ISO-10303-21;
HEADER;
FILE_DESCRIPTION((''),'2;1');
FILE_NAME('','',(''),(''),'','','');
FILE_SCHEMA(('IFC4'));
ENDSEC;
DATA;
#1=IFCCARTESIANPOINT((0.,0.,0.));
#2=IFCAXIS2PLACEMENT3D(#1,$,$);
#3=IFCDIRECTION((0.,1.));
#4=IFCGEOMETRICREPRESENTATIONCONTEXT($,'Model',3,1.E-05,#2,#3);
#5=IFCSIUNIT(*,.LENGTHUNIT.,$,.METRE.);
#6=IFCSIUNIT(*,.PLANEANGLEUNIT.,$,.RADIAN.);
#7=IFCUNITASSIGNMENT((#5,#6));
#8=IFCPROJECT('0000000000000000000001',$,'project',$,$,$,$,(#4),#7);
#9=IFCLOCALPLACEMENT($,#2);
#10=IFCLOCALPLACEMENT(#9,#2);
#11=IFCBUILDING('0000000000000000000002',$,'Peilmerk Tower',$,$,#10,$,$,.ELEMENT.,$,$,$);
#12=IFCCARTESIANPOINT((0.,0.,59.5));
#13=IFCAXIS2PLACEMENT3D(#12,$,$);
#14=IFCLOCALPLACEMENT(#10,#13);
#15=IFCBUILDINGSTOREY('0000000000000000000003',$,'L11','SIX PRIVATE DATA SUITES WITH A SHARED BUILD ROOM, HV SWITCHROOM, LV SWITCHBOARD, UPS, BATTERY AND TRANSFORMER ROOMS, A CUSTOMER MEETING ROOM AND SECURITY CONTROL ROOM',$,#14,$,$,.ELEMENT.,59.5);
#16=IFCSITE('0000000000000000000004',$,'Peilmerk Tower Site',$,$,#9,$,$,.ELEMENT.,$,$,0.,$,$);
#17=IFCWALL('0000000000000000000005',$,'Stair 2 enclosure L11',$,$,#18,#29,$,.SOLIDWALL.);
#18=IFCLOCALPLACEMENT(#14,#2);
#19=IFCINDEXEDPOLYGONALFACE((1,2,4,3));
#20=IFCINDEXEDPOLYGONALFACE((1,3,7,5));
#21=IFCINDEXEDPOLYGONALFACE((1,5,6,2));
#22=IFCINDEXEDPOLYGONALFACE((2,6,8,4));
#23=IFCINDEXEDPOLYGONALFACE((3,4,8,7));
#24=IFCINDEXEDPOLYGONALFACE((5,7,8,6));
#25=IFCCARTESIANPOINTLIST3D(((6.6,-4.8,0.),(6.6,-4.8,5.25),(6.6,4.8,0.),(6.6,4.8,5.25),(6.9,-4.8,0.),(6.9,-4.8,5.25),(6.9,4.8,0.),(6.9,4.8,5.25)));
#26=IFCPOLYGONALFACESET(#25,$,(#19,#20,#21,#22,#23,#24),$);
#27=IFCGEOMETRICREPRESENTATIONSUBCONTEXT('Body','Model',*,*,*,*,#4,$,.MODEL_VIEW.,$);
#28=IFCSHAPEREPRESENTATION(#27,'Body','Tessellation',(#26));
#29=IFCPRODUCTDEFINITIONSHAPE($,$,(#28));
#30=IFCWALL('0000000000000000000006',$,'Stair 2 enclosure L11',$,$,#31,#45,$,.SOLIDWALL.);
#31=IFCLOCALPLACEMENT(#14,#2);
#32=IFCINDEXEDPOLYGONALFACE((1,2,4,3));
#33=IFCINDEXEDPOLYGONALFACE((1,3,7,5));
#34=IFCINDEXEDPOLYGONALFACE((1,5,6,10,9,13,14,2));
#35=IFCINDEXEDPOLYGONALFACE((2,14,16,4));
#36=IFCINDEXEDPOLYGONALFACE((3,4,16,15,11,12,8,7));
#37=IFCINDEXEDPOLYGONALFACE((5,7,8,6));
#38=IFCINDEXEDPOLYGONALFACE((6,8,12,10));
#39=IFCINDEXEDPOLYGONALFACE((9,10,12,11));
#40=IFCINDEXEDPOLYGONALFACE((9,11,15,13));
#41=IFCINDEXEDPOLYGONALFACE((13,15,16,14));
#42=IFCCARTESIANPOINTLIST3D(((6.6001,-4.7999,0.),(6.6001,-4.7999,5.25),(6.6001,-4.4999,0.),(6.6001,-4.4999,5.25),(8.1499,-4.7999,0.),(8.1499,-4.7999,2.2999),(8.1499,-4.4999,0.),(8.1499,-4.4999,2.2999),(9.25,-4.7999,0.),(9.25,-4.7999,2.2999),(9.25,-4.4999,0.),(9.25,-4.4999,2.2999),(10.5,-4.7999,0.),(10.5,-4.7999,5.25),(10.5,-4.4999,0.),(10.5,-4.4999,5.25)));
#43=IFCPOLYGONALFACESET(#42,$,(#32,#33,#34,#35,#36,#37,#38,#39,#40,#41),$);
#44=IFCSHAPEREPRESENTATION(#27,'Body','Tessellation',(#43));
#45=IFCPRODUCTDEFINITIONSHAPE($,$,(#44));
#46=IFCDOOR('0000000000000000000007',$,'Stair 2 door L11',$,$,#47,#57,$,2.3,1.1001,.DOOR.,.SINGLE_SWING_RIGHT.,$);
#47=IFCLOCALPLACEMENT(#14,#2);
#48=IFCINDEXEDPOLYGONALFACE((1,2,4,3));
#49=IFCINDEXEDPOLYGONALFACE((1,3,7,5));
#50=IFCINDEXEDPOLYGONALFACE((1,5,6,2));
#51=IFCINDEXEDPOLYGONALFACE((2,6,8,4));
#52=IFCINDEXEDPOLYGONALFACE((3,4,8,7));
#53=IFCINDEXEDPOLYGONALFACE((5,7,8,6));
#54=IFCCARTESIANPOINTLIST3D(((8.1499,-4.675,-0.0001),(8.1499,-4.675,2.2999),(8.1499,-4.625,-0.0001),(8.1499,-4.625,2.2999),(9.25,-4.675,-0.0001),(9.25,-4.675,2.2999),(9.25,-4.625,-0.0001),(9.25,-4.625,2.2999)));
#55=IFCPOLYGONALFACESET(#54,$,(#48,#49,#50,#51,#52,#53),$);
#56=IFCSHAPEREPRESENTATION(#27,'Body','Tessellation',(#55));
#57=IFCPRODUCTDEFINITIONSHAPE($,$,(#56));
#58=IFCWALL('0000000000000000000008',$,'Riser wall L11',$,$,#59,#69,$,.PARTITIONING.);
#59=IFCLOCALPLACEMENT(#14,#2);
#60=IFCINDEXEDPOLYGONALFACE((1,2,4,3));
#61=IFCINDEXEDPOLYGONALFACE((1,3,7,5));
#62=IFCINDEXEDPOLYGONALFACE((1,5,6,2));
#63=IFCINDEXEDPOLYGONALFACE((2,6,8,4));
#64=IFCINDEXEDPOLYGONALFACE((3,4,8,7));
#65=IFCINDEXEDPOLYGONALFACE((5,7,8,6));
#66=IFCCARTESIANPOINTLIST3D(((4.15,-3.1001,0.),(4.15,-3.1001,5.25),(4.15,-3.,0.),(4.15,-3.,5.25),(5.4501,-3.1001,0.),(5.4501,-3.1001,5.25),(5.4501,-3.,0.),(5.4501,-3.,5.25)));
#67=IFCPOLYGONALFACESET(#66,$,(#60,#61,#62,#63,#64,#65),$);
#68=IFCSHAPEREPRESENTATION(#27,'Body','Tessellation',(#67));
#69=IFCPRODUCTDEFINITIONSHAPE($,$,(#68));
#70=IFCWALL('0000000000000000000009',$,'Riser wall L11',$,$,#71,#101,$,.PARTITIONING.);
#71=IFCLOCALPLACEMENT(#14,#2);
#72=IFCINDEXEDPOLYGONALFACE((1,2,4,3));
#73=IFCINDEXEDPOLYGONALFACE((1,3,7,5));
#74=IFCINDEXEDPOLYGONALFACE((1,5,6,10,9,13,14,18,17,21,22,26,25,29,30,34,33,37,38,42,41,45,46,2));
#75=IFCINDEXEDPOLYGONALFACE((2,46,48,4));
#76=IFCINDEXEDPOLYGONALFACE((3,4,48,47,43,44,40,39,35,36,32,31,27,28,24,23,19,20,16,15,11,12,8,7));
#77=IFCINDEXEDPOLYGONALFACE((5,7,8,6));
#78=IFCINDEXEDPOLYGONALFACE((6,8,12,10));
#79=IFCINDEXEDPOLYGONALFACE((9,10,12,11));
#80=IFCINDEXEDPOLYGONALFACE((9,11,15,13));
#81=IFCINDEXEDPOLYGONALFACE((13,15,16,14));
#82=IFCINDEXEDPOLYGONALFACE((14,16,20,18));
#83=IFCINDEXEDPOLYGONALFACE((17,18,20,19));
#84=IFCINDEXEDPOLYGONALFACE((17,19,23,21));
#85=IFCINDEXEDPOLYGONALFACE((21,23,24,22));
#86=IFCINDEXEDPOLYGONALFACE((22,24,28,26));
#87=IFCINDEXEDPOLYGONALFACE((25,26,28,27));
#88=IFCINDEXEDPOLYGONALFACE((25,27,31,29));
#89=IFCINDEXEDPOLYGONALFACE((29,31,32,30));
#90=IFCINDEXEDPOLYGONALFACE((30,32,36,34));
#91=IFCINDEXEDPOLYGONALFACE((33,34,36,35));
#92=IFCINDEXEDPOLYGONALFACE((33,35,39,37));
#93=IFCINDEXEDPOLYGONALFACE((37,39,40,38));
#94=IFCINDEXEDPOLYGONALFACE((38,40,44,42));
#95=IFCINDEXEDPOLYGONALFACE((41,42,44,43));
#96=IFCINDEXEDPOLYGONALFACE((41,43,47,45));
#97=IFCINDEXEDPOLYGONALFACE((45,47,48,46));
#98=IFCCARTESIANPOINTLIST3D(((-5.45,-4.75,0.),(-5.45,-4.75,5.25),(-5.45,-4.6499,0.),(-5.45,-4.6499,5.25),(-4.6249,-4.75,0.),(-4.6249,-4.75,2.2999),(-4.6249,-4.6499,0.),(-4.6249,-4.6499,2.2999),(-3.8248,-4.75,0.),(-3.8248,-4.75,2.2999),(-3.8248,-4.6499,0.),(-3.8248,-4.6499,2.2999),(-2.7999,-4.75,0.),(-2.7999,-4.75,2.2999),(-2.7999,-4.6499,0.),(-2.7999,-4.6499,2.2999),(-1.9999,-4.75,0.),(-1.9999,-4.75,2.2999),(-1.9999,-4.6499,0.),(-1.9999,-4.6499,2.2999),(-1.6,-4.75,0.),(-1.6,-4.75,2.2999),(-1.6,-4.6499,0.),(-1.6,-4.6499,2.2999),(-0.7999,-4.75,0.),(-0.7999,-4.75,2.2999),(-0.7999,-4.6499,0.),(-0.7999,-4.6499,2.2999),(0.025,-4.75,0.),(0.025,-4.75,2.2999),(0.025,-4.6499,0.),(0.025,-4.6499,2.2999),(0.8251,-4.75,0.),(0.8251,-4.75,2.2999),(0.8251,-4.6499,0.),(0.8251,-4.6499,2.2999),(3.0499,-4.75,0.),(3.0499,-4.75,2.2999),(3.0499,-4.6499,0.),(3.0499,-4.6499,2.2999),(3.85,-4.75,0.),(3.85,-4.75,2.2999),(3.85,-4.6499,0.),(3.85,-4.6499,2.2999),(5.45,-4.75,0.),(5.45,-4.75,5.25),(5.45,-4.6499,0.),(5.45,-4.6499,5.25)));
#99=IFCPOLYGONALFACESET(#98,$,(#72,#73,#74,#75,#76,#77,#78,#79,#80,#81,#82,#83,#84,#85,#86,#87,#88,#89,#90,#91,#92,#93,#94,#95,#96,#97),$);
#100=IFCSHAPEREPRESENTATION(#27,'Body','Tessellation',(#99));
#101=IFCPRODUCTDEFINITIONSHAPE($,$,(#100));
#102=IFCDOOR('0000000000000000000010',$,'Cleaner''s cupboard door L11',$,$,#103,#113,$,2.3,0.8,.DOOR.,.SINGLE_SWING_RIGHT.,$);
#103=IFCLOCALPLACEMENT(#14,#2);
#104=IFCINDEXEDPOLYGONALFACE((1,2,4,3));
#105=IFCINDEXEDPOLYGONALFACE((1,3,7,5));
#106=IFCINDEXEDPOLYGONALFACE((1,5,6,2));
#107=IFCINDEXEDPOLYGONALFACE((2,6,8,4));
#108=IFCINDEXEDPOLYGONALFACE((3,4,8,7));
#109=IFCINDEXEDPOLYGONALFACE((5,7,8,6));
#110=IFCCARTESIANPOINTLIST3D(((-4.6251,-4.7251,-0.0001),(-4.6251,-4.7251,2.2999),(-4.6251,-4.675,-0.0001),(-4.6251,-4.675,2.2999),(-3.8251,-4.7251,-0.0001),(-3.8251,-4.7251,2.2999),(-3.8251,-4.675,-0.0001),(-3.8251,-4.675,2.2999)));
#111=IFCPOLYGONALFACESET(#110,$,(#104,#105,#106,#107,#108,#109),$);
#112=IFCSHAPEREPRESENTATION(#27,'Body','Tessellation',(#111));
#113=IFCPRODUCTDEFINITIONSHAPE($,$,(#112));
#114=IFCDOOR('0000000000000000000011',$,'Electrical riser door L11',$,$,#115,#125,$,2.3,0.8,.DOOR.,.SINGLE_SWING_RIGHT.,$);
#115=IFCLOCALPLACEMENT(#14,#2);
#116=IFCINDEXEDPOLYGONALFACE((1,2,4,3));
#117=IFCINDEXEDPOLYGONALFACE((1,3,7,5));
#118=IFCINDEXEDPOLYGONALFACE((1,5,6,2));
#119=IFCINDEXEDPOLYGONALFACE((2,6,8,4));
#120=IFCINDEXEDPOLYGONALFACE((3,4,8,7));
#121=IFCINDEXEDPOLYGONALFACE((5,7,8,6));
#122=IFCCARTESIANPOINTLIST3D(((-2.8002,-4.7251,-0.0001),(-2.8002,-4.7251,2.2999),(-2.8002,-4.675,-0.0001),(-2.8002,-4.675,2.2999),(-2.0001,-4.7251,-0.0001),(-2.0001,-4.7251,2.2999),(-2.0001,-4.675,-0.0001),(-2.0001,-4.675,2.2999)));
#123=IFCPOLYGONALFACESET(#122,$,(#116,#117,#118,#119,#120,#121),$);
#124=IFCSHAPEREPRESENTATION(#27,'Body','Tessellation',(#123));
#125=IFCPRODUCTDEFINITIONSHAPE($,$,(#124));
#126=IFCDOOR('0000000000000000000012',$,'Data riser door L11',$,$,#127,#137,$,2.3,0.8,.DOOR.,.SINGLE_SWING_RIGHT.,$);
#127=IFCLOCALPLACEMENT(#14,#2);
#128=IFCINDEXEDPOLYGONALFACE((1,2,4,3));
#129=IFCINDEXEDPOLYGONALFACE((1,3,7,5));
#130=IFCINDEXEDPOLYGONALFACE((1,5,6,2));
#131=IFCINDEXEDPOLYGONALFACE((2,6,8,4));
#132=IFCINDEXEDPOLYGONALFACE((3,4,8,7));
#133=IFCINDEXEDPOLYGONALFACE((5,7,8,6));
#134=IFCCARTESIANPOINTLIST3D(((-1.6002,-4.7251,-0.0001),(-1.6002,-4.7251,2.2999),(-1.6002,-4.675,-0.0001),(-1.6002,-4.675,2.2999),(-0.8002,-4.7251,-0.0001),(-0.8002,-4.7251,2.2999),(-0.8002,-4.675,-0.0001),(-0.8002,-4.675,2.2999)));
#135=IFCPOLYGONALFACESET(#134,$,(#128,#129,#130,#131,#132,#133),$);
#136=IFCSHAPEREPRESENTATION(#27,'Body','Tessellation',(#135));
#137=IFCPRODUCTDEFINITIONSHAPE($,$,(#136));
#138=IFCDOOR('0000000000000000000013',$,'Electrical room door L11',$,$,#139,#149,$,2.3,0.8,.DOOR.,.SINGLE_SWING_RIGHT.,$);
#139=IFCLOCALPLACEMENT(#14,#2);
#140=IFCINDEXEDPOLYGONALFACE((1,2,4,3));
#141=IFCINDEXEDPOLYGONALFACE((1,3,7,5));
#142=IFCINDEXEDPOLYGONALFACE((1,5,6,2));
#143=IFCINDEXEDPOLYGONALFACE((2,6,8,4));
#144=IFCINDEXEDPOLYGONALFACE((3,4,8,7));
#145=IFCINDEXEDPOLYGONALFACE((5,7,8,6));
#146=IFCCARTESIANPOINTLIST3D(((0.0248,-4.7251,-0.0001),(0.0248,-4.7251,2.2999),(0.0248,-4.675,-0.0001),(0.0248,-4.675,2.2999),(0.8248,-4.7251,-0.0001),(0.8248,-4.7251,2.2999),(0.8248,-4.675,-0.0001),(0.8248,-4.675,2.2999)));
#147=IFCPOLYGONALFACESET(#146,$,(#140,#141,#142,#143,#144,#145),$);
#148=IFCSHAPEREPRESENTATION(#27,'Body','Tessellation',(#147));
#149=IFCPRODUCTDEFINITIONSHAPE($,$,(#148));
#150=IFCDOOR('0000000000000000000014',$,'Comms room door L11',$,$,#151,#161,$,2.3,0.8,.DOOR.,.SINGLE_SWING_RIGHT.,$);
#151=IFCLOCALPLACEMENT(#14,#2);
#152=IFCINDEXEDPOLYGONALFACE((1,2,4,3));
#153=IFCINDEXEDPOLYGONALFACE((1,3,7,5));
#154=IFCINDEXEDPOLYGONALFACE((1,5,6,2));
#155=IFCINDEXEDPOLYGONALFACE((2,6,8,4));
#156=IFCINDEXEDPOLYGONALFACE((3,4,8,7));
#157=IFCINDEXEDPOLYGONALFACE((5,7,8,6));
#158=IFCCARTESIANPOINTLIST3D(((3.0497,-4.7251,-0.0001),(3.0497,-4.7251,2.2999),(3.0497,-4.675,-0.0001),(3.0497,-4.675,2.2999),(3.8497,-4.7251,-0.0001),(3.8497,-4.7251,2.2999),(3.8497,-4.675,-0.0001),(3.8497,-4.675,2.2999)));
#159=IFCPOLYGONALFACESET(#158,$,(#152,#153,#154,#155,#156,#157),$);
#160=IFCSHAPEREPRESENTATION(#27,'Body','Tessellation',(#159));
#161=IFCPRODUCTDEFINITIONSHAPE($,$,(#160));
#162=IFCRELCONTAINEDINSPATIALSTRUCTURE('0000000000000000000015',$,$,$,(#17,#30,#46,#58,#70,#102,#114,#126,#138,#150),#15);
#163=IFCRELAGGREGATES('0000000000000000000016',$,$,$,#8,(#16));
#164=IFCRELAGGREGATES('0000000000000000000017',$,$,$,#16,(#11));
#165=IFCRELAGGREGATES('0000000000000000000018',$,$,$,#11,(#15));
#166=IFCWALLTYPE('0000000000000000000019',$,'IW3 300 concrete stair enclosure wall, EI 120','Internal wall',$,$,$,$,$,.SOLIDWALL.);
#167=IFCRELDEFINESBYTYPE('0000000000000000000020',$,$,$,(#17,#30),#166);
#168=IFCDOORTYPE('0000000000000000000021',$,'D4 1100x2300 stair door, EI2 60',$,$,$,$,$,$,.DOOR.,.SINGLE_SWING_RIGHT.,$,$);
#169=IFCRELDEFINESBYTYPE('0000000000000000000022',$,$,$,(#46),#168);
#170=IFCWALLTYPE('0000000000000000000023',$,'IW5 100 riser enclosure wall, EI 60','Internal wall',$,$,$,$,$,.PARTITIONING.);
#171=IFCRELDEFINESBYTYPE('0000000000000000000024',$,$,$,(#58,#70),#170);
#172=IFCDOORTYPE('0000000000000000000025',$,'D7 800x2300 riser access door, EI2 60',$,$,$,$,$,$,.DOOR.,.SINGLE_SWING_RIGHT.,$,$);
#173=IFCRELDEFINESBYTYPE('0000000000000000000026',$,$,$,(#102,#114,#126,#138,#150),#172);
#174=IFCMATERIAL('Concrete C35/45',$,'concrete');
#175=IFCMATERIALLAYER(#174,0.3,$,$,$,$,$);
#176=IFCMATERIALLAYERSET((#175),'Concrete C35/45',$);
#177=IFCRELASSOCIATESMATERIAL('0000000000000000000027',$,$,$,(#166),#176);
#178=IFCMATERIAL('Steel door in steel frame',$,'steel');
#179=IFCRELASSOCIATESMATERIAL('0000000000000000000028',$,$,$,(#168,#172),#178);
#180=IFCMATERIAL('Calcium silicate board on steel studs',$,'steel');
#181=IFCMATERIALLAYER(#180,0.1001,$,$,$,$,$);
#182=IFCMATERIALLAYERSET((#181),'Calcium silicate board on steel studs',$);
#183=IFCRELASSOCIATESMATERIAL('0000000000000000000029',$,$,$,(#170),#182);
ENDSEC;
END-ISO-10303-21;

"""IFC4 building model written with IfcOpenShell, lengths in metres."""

from ifc_helpers import new_model, si_unit, direction, frame, frame_2d, origin, place, context, subcontext, project, spatial, rectangle, extrude, material, layer, layer_set, type_object, element, fill, save


model = new_model("IFC4")

# Units and contexts
model_context = context("Model", 3, precision=1e-05, world=origin(), true_north=direction((0.0, 1.0)))
body_context = subcontext(model_context, "Body", "Model", "MODEL_VIEW")
ifc_project = project(units=[si_unit("LENGTHUNIT", "METRE"), si_unit("PLANEANGLEUNIT", "RADIAN")], contexts=[model_context])

# Site, building, storey
site_placement = place(None, origin())
site = spatial("IfcSite", under=ifc_project, at=site_placement, Name="Peilmerk Tower Site", CompositionType="ELEMENT", RefElevation=0.0)
building_placement = place(site_placement, origin())
building = spatial("IfcBuilding", under=site, at=building_placement, Name="Peilmerk Tower", CompositionType="ELEMENT")
storey_placement = place(building_placement, frame((0.0, 0.0, 59.5)))
storey = spatial("IfcBuildingStorey", under=building, at=storey_placement, Name="L11", Description="SIX PRIVATE DATA SUITES WITH A SHARED BUILD ROOM, HV SWITCHROOM, LV SWITCHBOARD, UPS, BATTERY AND TRANSFORMER ROOMS, A CUSTOMER MEETING ROOM AND SECURITY CONTROL ROOM", CompositionType="ELEMENT", Elevation=59.5)

# Wall
ifc_material_1 = material(Name="Concrete C35/45", Category="concrete")
ifc_layer_1 = layer(ifc_material_1, 0.3)
ifc_layer_set_1 = layer_set([ifc_layer_1], Name="Concrete C35/45")
wall_type_1 = type_object("IfcWallType", Name="IW3 300 concrete stair enclosure wall, EI 120", Description="Internal wall", PredefinedType="SOLIDWALL", material=ifc_layer_set_1)
wall_1_placement = place(storey_placement, frame((6.75, -4.8, 0.0), z_axis=(0.0, 0.0, 1.0), x_axis=(0.0, 1.0, 0.0)))
element("IfcWall", 1, at=wall_1_placement, inside=storey, type_object=wall_type_1, Name="Stair 2 enclosure L11", PredefinedType="SOLIDWALL", context=body_context, shape_type="SweptSolid", body=[
    extrude(rectangle(XDim=9.6001, YDim=0.3, at=frame_2d((4.8, 0.0))), origin(), (0.0, 0.0, 1.0), 5.25),
])

# Wall, opening, door
wall_2_placement = place(storey_placement, frame((10.5, -4.6499, 0.0), z_axis=(0.0, 0.0, 1.0), x_axis=(-1.0, 0.0, 0.0)))
wall_2 = element("IfcWall", 2, at=wall_2_placement, inside=storey, type_object=wall_type_1, Name="Stair 2 enclosure L11", PredefinedType="SOLIDWALL", context=body_context, shape_type="SweptSolid", body=[
    extrude(rectangle(XDim=3.8999, YDim=0.3, at=frame_2d((1.95, 0.0))), origin(), (0.0, 0.0, 1.0), 5.25),
])
opening_1_placement = place(wall_2_placement, frame((1.25, 0.0, 0.0)))
opening_1 = element("IfcOpeningElement", 3, at=opening_1_placement, cuts=wall_2, PredefinedType="OPENING", context=body_context, shape_type="SweptSolid", body=[
    extrude(rectangle(XDim=1.1001, YDim=2.3, at=frame_2d((0.55, 1.1499))), frame((0.0, 0.1599, 0.0), z_axis=(0.0, -1.0, 0.0), x_axis=(1.0, 0.0, 0.0)), (0.0, 0.0, 1.0), 0.3201),
])
ifc_material_2 = material(Name="Steel door in steel frame", Category="steel")
door_type_1 = type_object("IfcDoorType", Name="D4 1100x2300 stair door, EI2 60", OperationType="SINGLE_SWING_RIGHT", PredefinedType="DOOR", material=ifc_material_2)
door_1_placement = place(opening_1_placement, frame((1.1001, 0.0, 0.0), z_axis=(0.0, 0.0, 1.0), x_axis=(-1.0, 0.0, 0.0)))
door_1 = element("IfcDoor", 4, at=door_1_placement, inside=storey, type_object=door_type_1, Name="Stair 2 door L11", OperationType="SINGLE_SWING_RIGHT", OverallHeight=2.3, OverallWidth=1.1001, PredefinedType="DOOR", context=body_context, shape_type="SweptSolid", body=[
    extrude(rectangle(XDim=1.1001, YDim=2.3, at=frame_2d((0.55, 1.1499))), frame((0.0, 0.0249, 0.0), z_axis=(0.0, -1.0, 0.0), x_axis=(1.0, 0.0, 0.0)), (0.0, 0.0, 1.0), 0.05),
])
fill(opening_1, door_1)

# Wall
ifc_material_3 = material(Name="Calcium silicate board on steel studs", Category="steel")
ifc_layer_2 = layer(ifc_material_3, 0.1001)
ifc_layer_set_2 = layer_set([ifc_layer_2], Name="Calcium silicate board on steel studs")
wall_type_2 = type_object("IfcWallType", Name="IW5 100 riser enclosure wall, EI 60", Description="Internal wall", PredefinedType="PARTITIONING", material=ifc_layer_set_2)
wall_3_placement = place(storey_placement, frame((5.45, -3.05, 0.0), z_axis=(0.0, 0.0, 1.0), x_axis=(-1.0, 0.0, 0.0)))
element("IfcWall", 5, at=wall_3_placement, inside=storey, type_object=wall_type_2, Name="Riser wall L11", PredefinedType="PARTITIONING", context=body_context, shape_type="SweptSolid", body=[
    extrude(rectangle(XDim=1.3, YDim=0.1001, at=frame_2d((0.6499, 0.0))), origin(), (0.0, 0.0, 1.0), 5.25),
])

# Wall, openings, doors
wall_4_placement = place(storey_placement, frame((5.45, -4.7, 0.0), z_axis=(0.0, 0.0, 1.0), x_axis=(-1.0, 0.0, 0.0)))
wall_4 = element("IfcWall", 6, at=wall_4_placement, inside=storey, type_object=wall_type_2, Name="Riser wall L11", PredefinedType="PARTITIONING", context=body_context, shape_type="SweptSolid", body=[
    extrude(rectangle(XDim=10.8999, YDim=0.1001, at=frame_2d((5.45, 0.0))), origin(), (0.0, 0.0, 1.0), 5.25),
])
opening_2_placement = place(wall_4_placement, frame((9.2749, 0.0, 0.0)))
opening_2 = element("IfcOpeningElement", 7, at=opening_2_placement, cuts=wall_4, PredefinedType="OPENING", context=body_context, shape_type="SweptSolid", body=[
    extrude(rectangle(XDim=0.8, YDim=2.3, at=frame_2d((0.3999, 1.1499))), frame((0.0, 0.0601, 0.0), z_axis=(0.0, -1.0, 0.0), x_axis=(1.0, 0.0, 0.0)), (0.0, 0.0, 1.0), 0.1201),
])
opening_3_placement = place(wall_4_placement, frame((7.45, 0.0, 0.0)))
opening_3 = element("IfcOpeningElement", 8, at=opening_3_placement, cuts=wall_4, PredefinedType="OPENING", context=body_context, shape_type="SweptSolid", body=[
    extrude(rectangle(XDim=0.8, YDim=2.3, at=frame_2d((0.3999, 1.1499))), frame((0.0, 0.0601, 0.0), z_axis=(0.0, -1.0, 0.0), x_axis=(1.0, 0.0, 0.0)), (0.0, 0.0, 1.0), 0.1201),
])
opening_4_placement = place(wall_4_placement, frame((6.25, 0.0, 0.0)))
opening_4 = element("IfcOpeningElement", 9, at=opening_4_placement, cuts=wall_4, PredefinedType="OPENING", context=body_context, shape_type="SweptSolid", body=[
    extrude(rectangle(XDim=0.8, YDim=2.3, at=frame_2d((0.3999, 1.1499))), frame((0.0, 0.0601, 0.0), z_axis=(0.0, -1.0, 0.0), x_axis=(1.0, 0.0, 0.0)), (0.0, 0.0, 1.0), 0.1201),
])
opening_5_placement = place(wall_4_placement, frame((4.625, 0.0, 0.0)))
opening_5 = element("IfcOpeningElement", 10, at=opening_5_placement, cuts=wall_4, PredefinedType="OPENING", context=body_context, shape_type="SweptSolid", body=[
    extrude(rectangle(XDim=0.8, YDim=2.3, at=frame_2d((0.3999, 1.1499))), frame((0.0, 0.0601, 0.0), z_axis=(0.0, -1.0, 0.0), x_axis=(1.0, 0.0, 0.0)), (0.0, 0.0, 1.0), 0.1201),
])
opening_6_placement = place(wall_4_placement, frame((1.6001, 0.0, 0.0)))
opening_6 = element("IfcOpeningElement", 11, at=opening_6_placement, cuts=wall_4, PredefinedType="OPENING", context=body_context, shape_type="SweptSolid", body=[
    extrude(rectangle(XDim=0.8, YDim=2.3, at=frame_2d((0.3999, 1.1499))), frame((0.0, 0.0601, 0.0), z_axis=(0.0, -1.0, 0.0), x_axis=(1.0, 0.0, 0.0)), (0.0, 0.0, 1.0), 0.1201),
])
door_type_2 = type_object("IfcDoorType", Name="D7 800x2300 riser access door, EI2 60", OperationType="SINGLE_SWING_RIGHT", PredefinedType="DOOR", material=ifc_material_2)
door_2_placement = place(opening_2_placement, frame((0.8, 0.0, 0.0), z_axis=(0.0, 0.0, 1.0), x_axis=(-1.0, 0.0, 0.0)))
door_2 = element("IfcDoor", 12, at=door_2_placement, inside=storey, type_object=door_type_2, Name="Cleaner's cupboard door L11", OperationType="SINGLE_SWING_RIGHT", OverallHeight=2.3, OverallWidth=0.8, PredefinedType="DOOR", context=body_context, shape_type="SweptSolid", body=[
    extrude(rectangle(XDim=0.8, YDim=2.3, at=frame_2d((0.3999, 1.1499))), frame((0.0, 0.0249, 0.0), z_axis=(0.0, -1.0, 0.0), x_axis=(1.0, 0.0, 0.0)), (0.0, 0.0, 1.0), 0.05),
])
fill(opening_2, door_2)
door_3_placement = place(opening_3_placement, frame((0.8, 0.0, 0.0), z_axis=(0.0, 0.0, 1.0), x_axis=(-1.0, 0.0, 0.0)))
door_3 = element("IfcDoor", 13, at=door_3_placement, inside=storey, type_object=door_type_2, Name="Electrical riser door L11", OperationType="SINGLE_SWING_RIGHT", OverallHeight=2.3, OverallWidth=0.8, PredefinedType="DOOR", context=body_context, shape_type="SweptSolid", body=[
    extrude(rectangle(XDim=0.8, YDim=2.3, at=frame_2d((0.3999, 1.1499))), frame((0.0, 0.0249, 0.0), z_axis=(0.0, -1.0, 0.0), x_axis=(1.0, 0.0, 0.0)), (0.0, 0.0, 1.0), 0.05),
])
fill(opening_3, door_3)
door_4_placement = place(opening_4_placement, frame((0.8, 0.0, 0.0), z_axis=(0.0, 0.0, 1.0), x_axis=(-1.0, 0.0, 0.0)))
door_4 = element("IfcDoor", 14, at=door_4_placement, inside=storey, type_object=door_type_2, Name="Data riser door L11", OperationType="SINGLE_SWING_RIGHT", OverallHeight=2.3, OverallWidth=0.8, PredefinedType="DOOR", context=body_context, shape_type="SweptSolid", body=[
    extrude(rectangle(XDim=0.8, YDim=2.3, at=frame_2d((0.3999, 1.1499))), frame((0.0, 0.0249, 0.0), z_axis=(0.0, -1.0, 0.0), x_axis=(1.0, 0.0, 0.0)), (0.0, 0.0, 1.0), 0.05),
])
fill(opening_4, door_4)
door_5_placement = place(opening_5_placement, frame((0.8, 0.0, 0.0), z_axis=(0.0, 0.0, 1.0), x_axis=(-1.0, 0.0, 0.0)))
door_5 = element("IfcDoor", 15, at=door_5_placement, inside=storey, type_object=door_type_2, Name="Electrical room door L11", OperationType="SINGLE_SWING_RIGHT", OverallHeight=2.3, OverallWidth=0.8, PredefinedType="DOOR", context=body_context, shape_type="SweptSolid", body=[
    extrude(rectangle(XDim=0.8, YDim=2.3, at=frame_2d((0.3999, 1.1499))), frame((0.0, 0.0249, 0.0), z_axis=(0.0, -1.0, 0.0), x_axis=(1.0, 0.0, 0.0)), (0.0, 0.0, 1.0), 0.05),
])
fill(opening_5, door_5)
door_6_placement = place(opening_6_placement, frame((0.8, 0.0, 0.0), z_axis=(0.0, 0.0, 1.0), x_axis=(-1.0, 0.0, 0.0)))
door_6 = element("IfcDoor", 16, at=door_6_placement, inside=storey, type_object=door_type_2, Name="Comms room door L11", OperationType="SINGLE_SWING_RIGHT", OverallHeight=2.3, OverallWidth=0.8, PredefinedType="DOOR", context=body_context, shape_type="SweptSolid", body=[
    extrude(rectangle(XDim=0.8, YDim=2.3, at=frame_2d((0.3999, 1.1499))), frame((0.0, 0.0249, 0.0), z_axis=(0.0, -1.0, 0.0), x_axis=(1.0, 0.0, 0.0)), (0.0, 0.0, 1.0), 0.05),
])
fill(opening_6, door_6)

save(model, "model.ifc")
